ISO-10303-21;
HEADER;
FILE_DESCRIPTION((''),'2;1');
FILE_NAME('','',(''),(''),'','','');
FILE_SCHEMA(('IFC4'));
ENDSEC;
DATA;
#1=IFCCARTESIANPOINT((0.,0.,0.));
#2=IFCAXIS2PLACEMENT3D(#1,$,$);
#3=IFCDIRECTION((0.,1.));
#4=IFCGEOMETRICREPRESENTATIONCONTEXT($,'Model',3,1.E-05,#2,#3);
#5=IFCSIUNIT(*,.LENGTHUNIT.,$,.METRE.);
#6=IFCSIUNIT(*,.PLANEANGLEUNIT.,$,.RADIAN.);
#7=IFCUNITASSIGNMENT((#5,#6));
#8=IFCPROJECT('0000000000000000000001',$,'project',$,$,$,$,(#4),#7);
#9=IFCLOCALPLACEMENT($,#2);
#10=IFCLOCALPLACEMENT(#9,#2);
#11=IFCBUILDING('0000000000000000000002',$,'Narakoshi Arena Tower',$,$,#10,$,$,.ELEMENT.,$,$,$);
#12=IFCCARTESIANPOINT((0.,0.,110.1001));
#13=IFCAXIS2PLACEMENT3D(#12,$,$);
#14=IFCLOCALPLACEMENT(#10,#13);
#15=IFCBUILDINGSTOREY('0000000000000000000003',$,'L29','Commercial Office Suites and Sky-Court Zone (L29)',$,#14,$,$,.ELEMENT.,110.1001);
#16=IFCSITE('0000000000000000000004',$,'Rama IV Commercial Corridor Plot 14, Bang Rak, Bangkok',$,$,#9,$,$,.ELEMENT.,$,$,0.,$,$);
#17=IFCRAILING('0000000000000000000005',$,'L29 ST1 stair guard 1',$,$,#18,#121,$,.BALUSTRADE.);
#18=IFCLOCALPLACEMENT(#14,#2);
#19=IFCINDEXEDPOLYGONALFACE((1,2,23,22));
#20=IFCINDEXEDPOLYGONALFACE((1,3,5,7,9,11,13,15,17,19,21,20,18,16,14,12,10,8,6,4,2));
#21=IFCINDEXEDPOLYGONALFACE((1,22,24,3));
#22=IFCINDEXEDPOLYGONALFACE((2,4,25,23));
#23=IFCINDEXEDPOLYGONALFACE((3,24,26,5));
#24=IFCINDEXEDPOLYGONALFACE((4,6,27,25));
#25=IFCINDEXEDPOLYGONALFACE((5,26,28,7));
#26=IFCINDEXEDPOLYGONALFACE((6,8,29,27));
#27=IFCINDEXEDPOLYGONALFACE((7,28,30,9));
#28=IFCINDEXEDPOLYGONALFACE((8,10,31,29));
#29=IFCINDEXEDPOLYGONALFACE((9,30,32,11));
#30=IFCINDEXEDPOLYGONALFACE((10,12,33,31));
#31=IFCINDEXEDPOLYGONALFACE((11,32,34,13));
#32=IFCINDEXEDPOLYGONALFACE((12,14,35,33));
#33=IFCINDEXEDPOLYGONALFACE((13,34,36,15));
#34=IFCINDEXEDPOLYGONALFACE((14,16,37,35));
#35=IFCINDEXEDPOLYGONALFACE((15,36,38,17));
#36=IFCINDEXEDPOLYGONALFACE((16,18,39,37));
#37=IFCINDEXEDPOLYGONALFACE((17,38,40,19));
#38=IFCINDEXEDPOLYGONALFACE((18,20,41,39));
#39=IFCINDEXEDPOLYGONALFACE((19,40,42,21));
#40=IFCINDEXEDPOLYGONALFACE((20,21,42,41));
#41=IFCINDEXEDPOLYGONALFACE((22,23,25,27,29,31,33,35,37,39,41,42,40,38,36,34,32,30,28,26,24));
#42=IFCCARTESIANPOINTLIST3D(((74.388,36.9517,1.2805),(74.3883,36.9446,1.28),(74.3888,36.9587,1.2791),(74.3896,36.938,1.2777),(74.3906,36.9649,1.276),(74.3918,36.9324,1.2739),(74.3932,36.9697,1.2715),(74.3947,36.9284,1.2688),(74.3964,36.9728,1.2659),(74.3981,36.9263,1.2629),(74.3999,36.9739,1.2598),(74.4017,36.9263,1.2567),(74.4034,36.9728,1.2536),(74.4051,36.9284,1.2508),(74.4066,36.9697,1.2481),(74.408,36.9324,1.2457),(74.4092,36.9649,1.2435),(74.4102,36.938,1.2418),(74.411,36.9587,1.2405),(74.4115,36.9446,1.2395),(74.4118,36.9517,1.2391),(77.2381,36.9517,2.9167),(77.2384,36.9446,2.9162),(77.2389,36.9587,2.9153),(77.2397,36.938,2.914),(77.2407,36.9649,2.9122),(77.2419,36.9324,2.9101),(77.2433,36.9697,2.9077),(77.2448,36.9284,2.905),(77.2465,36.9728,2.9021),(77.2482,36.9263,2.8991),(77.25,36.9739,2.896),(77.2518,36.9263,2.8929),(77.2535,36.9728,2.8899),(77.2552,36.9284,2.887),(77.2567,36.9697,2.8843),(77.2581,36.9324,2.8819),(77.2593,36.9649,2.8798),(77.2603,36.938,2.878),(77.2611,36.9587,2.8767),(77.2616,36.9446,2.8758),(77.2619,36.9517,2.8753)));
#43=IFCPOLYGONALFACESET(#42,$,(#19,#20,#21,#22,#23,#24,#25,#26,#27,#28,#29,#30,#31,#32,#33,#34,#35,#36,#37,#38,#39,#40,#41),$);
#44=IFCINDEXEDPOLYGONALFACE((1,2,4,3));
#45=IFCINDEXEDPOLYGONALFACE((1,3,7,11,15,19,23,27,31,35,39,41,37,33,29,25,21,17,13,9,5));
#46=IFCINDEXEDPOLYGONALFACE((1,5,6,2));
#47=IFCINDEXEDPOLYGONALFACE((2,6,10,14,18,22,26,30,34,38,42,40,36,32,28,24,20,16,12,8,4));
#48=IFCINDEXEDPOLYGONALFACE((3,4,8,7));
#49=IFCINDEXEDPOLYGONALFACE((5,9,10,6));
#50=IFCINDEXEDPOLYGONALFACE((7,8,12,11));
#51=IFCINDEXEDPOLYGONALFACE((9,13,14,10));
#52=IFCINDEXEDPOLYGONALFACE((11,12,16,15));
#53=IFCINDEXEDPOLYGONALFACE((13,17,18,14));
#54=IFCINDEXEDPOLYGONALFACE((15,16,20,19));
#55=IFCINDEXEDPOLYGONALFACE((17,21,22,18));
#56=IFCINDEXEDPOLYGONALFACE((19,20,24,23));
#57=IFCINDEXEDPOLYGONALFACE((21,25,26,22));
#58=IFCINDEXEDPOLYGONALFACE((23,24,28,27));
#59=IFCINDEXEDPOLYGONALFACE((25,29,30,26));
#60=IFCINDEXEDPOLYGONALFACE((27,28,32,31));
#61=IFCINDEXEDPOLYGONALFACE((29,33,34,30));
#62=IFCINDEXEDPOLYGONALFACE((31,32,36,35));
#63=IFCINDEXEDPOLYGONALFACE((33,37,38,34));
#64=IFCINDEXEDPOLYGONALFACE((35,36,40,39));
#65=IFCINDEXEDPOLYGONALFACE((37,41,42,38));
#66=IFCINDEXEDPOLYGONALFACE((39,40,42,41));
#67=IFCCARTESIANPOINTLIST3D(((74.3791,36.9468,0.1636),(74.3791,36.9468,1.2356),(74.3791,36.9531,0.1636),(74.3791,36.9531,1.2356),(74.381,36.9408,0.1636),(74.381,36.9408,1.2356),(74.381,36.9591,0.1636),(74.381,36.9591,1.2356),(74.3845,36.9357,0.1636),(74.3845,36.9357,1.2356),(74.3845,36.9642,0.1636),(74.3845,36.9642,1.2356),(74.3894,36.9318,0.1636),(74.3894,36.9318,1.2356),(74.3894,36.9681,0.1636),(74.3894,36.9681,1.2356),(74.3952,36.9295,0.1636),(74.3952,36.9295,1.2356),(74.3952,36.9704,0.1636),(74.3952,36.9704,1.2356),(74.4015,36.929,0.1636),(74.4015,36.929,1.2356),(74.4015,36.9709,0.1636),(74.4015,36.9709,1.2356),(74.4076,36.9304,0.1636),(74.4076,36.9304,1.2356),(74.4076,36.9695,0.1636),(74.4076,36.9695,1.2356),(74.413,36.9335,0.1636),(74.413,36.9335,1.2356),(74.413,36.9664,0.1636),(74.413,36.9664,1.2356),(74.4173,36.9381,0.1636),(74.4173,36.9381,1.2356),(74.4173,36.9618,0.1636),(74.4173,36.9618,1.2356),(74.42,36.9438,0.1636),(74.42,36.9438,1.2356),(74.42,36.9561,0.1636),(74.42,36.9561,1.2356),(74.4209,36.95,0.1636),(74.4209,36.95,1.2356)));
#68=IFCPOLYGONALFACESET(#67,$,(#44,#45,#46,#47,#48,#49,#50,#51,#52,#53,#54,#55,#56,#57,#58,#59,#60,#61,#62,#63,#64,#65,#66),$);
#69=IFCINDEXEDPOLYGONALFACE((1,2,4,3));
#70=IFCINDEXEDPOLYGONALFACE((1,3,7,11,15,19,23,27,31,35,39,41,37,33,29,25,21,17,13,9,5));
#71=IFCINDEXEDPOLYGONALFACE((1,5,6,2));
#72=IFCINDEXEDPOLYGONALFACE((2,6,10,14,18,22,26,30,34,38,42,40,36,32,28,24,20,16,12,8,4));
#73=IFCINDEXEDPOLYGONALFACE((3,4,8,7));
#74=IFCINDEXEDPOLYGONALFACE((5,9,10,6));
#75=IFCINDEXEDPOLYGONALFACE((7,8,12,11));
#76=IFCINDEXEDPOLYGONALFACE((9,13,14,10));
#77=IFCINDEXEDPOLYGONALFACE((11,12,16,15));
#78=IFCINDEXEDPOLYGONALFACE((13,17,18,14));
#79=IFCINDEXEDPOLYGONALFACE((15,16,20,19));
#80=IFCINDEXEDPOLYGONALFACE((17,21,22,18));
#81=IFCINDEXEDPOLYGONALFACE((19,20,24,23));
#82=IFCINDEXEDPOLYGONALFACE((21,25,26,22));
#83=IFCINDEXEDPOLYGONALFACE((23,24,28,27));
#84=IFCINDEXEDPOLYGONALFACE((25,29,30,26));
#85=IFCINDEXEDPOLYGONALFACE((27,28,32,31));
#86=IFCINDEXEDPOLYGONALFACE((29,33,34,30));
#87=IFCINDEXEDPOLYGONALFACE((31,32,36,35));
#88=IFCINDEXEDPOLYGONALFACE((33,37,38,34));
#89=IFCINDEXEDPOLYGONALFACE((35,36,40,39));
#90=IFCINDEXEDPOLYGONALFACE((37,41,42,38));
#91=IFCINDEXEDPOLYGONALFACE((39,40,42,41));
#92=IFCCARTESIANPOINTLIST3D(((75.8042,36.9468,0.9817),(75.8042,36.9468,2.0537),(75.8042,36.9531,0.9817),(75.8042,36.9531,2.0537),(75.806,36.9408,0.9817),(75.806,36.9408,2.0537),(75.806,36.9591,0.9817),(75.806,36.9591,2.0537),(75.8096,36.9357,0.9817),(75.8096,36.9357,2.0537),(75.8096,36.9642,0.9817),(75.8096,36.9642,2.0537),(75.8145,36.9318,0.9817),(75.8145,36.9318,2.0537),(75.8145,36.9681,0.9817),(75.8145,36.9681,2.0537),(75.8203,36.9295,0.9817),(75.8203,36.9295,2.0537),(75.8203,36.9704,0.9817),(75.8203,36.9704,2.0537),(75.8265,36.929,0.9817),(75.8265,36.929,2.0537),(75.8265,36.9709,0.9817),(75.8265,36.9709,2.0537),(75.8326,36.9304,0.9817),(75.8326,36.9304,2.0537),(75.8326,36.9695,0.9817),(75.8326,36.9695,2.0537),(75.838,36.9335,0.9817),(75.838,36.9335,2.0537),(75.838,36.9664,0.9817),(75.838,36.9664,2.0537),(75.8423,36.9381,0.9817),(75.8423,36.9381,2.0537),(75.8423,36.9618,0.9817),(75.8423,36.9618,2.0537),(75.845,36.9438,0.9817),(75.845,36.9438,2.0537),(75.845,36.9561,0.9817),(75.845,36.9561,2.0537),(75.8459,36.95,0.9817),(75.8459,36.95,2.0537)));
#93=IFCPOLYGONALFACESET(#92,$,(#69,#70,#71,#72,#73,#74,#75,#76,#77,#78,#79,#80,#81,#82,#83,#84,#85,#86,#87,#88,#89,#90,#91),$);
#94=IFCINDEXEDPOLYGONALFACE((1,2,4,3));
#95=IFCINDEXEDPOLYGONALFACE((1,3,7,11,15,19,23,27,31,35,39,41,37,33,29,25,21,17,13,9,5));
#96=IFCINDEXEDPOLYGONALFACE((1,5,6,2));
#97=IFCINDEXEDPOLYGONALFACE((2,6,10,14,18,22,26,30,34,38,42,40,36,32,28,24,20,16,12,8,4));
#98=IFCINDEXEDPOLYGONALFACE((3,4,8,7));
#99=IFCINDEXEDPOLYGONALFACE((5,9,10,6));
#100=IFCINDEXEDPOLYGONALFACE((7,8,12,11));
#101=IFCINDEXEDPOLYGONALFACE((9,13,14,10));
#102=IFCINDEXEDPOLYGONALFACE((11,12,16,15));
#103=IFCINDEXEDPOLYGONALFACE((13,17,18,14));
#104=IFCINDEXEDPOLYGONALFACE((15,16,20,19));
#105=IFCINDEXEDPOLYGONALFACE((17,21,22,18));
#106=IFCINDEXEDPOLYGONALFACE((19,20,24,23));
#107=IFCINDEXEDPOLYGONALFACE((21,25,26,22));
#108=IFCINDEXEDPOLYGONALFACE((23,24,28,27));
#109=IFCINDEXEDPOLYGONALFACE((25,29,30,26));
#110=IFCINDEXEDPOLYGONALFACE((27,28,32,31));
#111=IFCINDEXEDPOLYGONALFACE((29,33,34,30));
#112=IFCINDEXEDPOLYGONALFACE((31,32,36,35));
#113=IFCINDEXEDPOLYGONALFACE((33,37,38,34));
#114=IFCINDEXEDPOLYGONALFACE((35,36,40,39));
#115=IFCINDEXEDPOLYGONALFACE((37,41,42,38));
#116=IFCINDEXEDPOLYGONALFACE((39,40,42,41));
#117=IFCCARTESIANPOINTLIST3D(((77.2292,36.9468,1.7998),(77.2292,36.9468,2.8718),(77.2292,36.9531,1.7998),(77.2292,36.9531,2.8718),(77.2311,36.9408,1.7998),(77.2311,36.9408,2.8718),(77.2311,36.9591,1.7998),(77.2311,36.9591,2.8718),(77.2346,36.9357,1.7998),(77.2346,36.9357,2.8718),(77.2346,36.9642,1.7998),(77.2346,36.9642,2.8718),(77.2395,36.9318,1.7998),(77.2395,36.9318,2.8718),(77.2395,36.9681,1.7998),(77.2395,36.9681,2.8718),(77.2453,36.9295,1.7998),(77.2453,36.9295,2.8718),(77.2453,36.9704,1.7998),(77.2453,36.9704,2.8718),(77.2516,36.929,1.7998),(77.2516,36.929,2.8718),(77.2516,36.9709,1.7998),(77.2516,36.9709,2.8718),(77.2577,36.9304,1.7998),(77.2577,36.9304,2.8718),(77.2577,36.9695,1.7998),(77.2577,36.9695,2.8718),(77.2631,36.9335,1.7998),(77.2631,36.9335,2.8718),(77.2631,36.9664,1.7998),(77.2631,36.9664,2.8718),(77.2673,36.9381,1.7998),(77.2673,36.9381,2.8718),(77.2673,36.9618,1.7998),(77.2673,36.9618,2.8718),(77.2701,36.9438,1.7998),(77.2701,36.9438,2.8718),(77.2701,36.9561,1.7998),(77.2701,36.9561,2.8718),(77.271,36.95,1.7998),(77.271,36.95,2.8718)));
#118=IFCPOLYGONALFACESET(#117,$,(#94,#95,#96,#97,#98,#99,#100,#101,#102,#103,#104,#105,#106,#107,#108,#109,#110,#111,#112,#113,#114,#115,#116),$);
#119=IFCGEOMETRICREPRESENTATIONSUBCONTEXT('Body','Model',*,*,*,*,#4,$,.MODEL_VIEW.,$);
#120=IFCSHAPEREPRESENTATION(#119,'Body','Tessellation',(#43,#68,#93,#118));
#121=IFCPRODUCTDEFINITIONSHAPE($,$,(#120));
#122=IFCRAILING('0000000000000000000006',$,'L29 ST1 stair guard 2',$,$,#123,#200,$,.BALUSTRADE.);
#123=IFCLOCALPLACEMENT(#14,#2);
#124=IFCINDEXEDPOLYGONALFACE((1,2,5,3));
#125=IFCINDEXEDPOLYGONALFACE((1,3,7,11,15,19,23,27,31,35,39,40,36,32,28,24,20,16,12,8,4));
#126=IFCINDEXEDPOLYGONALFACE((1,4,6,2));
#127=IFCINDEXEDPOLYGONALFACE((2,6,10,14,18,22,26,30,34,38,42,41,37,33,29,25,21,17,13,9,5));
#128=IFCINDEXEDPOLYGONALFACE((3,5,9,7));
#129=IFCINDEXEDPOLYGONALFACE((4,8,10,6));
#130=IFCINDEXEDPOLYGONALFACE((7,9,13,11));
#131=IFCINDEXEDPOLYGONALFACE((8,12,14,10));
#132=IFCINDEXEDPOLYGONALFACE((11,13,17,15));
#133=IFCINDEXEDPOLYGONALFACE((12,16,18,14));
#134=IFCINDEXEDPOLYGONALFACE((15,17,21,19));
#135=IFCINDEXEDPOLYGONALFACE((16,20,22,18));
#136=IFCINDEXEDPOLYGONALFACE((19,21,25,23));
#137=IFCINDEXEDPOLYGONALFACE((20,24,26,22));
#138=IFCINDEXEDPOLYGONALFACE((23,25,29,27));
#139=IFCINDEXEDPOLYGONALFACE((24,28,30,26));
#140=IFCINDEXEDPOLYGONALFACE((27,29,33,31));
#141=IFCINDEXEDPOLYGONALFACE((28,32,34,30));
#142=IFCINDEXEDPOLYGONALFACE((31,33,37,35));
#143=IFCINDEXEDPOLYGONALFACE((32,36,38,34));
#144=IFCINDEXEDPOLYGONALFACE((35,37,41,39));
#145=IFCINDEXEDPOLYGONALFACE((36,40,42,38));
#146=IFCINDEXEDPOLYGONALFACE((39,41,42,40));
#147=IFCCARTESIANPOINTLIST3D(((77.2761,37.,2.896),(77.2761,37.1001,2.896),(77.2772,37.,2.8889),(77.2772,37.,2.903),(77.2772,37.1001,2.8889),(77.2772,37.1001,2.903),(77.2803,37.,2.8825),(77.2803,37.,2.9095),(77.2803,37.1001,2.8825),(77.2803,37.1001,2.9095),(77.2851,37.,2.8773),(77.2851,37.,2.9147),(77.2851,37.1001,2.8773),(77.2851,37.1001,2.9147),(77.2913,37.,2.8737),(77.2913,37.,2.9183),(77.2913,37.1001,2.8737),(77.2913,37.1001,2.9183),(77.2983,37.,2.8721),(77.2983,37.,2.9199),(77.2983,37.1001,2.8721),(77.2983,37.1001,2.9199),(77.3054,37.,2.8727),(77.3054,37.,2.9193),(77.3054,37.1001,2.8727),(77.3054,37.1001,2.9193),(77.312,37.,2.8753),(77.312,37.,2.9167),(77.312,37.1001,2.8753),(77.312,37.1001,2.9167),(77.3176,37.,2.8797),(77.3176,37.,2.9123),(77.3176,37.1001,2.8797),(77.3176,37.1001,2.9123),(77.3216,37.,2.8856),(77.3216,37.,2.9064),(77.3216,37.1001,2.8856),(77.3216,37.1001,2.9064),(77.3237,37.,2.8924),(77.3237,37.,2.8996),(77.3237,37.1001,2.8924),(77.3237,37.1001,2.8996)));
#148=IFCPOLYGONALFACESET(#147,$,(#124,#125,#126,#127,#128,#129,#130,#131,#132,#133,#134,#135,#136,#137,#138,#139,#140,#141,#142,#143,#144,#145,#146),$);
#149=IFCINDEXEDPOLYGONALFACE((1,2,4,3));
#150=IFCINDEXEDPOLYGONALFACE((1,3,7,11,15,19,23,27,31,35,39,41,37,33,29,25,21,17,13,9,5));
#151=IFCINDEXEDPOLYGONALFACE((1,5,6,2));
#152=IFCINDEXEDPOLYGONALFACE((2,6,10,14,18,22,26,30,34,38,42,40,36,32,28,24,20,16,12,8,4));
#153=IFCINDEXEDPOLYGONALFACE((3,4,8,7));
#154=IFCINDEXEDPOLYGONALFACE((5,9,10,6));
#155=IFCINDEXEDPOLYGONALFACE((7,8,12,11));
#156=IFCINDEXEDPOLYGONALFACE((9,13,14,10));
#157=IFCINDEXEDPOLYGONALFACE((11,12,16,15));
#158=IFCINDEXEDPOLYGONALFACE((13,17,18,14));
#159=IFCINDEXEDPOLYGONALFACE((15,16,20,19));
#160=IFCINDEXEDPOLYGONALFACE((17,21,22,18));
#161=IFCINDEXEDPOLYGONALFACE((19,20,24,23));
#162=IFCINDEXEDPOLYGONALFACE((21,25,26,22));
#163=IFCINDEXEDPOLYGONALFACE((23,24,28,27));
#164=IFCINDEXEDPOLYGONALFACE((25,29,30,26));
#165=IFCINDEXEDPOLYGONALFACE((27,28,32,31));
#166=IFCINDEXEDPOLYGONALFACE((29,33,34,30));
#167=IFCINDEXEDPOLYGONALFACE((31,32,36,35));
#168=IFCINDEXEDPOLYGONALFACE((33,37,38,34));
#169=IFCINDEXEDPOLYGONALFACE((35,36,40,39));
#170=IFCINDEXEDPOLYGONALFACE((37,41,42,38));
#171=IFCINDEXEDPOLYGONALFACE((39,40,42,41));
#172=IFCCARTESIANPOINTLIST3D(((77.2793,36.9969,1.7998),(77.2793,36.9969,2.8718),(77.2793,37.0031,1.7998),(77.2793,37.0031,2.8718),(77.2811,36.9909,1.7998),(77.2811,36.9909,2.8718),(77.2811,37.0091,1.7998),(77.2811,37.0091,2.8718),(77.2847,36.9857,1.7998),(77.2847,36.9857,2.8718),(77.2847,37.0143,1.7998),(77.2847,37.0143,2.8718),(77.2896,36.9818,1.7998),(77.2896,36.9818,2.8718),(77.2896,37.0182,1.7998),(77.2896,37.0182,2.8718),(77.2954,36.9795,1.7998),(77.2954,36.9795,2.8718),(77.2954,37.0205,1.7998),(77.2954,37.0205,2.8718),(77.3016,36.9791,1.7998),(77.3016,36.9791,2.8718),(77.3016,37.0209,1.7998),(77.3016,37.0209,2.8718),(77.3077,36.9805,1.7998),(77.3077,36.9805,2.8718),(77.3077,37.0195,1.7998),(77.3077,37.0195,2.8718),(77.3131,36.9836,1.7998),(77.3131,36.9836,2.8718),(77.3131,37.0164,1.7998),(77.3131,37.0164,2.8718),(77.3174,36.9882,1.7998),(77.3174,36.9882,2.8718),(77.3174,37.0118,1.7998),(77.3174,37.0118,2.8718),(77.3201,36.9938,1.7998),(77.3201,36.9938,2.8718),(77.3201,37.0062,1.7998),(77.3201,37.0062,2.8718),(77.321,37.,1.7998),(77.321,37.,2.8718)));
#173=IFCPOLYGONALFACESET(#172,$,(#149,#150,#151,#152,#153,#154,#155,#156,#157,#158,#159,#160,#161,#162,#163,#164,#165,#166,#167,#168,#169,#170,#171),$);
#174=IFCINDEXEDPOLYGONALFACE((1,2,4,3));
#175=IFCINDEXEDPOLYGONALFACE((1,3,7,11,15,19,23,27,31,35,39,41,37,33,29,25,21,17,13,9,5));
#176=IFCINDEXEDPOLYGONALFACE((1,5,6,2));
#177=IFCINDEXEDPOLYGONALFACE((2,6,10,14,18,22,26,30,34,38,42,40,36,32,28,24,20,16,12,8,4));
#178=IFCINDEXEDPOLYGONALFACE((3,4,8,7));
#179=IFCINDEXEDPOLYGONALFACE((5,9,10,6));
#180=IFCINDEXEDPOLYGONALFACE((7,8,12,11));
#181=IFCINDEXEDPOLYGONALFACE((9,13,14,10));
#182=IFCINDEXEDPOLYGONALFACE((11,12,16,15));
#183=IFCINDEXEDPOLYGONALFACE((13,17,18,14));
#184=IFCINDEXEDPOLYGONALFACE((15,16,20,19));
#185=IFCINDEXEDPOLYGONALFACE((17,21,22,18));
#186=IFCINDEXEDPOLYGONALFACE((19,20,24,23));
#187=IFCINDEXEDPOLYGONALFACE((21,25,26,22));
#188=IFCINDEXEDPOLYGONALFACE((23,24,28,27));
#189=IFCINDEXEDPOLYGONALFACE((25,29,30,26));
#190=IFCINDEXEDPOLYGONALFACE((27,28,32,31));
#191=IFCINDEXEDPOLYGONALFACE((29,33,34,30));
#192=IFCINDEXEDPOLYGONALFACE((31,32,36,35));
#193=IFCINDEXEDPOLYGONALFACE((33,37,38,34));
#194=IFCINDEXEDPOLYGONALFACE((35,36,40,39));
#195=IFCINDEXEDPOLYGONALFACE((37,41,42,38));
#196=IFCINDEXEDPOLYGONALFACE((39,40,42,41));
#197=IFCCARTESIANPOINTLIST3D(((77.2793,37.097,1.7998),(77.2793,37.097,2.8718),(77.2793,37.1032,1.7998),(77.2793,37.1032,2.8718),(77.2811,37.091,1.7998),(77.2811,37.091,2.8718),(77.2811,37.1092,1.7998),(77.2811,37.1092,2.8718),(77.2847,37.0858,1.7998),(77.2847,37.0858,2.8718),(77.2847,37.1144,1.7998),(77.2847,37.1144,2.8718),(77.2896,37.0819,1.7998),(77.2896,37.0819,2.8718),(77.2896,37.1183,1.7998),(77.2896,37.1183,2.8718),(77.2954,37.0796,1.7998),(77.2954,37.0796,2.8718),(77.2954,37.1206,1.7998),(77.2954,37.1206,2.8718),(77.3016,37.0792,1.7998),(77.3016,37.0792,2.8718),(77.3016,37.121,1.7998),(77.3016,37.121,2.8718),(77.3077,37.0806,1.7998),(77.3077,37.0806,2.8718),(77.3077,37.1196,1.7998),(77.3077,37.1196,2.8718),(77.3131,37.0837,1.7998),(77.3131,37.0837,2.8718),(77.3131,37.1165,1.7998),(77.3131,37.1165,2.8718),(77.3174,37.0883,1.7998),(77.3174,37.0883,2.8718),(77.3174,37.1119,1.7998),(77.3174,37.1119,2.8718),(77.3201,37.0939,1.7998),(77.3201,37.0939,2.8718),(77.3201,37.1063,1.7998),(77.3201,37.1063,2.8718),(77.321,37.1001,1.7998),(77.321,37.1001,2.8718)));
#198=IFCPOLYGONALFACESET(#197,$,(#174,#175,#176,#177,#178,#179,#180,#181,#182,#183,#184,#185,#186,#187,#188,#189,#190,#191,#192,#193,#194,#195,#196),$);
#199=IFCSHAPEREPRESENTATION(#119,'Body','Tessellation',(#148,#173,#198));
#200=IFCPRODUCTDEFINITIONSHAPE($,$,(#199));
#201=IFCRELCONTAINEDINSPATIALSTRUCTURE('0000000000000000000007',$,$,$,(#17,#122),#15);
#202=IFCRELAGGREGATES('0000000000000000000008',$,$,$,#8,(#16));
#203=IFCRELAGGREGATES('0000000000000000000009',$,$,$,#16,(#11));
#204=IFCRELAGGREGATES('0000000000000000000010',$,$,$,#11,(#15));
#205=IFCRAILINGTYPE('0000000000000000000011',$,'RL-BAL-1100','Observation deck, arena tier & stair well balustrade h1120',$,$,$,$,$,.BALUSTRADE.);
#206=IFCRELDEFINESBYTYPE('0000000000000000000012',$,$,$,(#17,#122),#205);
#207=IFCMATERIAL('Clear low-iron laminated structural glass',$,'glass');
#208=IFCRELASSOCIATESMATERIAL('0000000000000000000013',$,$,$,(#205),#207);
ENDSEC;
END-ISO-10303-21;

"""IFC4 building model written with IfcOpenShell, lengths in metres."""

from ifc_helpers import new_model, si_unit, direction, frame, origin, origin_2d, place, context, subcontext, project, spatial, circle, extrude, material, type_object, element, save


model = new_model("IFC4")

# Units and contexts
model_context = context("Model", 3, precision=1e-05, world=origin(), true_north=direction((0.0, 1.0)))
body_context = subcontext(model_context, "Body", "Model", "MODEL_VIEW")
ifc_project = project(units=[si_unit("LENGTHUNIT", "METRE"), si_unit("PLANEANGLEUNIT", "RADIAN")], contexts=[model_context])

# Site, building, storey
site_placement = place(None, origin())
site = spatial("IfcSite", under=ifc_project, at=site_placement, Name="Rama IV Commercial Corridor Plot 14, Bang Rak, Bangkok", CompositionType="ELEMENT", RefElevation=0.0)
building_placement = place(site_placement, origin())
building = spatial("IfcBuilding", under=site, at=building_placement, Name="Narakoshi Arena Tower", CompositionType="ELEMENT")
storey_placement = place(building_placement, frame((0.0, 0.0, 110.1001)))
storey = spatial("IfcBuildingStorey", under=building, at=storey_placement, Name="L29", Description="Commercial Office Suites and Sky-Court Zone (L29)", CompositionType="ELEMENT", Elevation=110.1001)

# Railings
ifc_material_1 = material(Name="Clear low-iron laminated structural glass", Category="glass")
railing_type_1 = type_object("IfcRailingType", Name="RL-BAL-1100", Description="Observation deck, arena tier & stair well balustrade h1120", PredefinedType="BALUSTRADE", material=ifc_material_1)
railing_1_placement = place(storey_placement, frame((74.3999, 36.95, 0.1636)))
element("IfcRailing", 1, at=railing_1_placement, inside=storey, type_object=railing_type_1, Name="L29 ST1 stair guard 1", PredefinedType="BALUSTRADE", context=body_context, shape_type="SweptSolid", body=[
    extrude(circle(Radius=0.0239, at=origin_2d()), frame((0.0, 0.0, 1.0962), z_axis=(0.867245, 0.0, 0.497882), x_axis=(0.0, 1.0, 0.0)), (0.0, 0.0, 1.0), 3.2864),
    extrude(circle(Radius=0.021, at=origin_2d()), origin(), (0.0, 0.0, 1.0), 1.072),
    extrude(circle(Radius=0.021, at=origin_2d()), frame((1.425, 0.0, 0.8181)), (0.0, 0.0, 1.0), 1.072),
    extrude(circle(Radius=0.021, at=origin_2d()), frame((2.8501, 0.0, 1.6362)), (0.0, 0.0, 1.0), 1.072),
])
railing_2_placement = place(storey_placement, frame((77.3, 37.0, 1.7998)))
element("IfcRailing", 2, at=railing_2_placement, inside=storey, type_object=railing_type_1, Name="L29 ST1 stair guard 2", PredefinedType="BALUSTRADE", context=body_context, shape_type="SweptSolid", body=[
    extrude(circle(Radius=0.0239, at=origin_2d()), frame((0.0, 0.0, 1.0962), z_axis=(0.0, 1.0, 0.0), x_axis=(-1.0, 0.0, 0.0)), (0.0, 0.0, 1.0), 0.1001),
    extrude(circle(Radius=0.021, at=origin_2d()), origin(), (0.0, 0.0, 1.0), 1.072),
    extrude(circle(Radius=0.021, at=origin_2d()), frame((0.0, 0.1001, 0.0)), (0.0, 0.0, 1.0), 1.072),
])

save(model, "model.ifc")
